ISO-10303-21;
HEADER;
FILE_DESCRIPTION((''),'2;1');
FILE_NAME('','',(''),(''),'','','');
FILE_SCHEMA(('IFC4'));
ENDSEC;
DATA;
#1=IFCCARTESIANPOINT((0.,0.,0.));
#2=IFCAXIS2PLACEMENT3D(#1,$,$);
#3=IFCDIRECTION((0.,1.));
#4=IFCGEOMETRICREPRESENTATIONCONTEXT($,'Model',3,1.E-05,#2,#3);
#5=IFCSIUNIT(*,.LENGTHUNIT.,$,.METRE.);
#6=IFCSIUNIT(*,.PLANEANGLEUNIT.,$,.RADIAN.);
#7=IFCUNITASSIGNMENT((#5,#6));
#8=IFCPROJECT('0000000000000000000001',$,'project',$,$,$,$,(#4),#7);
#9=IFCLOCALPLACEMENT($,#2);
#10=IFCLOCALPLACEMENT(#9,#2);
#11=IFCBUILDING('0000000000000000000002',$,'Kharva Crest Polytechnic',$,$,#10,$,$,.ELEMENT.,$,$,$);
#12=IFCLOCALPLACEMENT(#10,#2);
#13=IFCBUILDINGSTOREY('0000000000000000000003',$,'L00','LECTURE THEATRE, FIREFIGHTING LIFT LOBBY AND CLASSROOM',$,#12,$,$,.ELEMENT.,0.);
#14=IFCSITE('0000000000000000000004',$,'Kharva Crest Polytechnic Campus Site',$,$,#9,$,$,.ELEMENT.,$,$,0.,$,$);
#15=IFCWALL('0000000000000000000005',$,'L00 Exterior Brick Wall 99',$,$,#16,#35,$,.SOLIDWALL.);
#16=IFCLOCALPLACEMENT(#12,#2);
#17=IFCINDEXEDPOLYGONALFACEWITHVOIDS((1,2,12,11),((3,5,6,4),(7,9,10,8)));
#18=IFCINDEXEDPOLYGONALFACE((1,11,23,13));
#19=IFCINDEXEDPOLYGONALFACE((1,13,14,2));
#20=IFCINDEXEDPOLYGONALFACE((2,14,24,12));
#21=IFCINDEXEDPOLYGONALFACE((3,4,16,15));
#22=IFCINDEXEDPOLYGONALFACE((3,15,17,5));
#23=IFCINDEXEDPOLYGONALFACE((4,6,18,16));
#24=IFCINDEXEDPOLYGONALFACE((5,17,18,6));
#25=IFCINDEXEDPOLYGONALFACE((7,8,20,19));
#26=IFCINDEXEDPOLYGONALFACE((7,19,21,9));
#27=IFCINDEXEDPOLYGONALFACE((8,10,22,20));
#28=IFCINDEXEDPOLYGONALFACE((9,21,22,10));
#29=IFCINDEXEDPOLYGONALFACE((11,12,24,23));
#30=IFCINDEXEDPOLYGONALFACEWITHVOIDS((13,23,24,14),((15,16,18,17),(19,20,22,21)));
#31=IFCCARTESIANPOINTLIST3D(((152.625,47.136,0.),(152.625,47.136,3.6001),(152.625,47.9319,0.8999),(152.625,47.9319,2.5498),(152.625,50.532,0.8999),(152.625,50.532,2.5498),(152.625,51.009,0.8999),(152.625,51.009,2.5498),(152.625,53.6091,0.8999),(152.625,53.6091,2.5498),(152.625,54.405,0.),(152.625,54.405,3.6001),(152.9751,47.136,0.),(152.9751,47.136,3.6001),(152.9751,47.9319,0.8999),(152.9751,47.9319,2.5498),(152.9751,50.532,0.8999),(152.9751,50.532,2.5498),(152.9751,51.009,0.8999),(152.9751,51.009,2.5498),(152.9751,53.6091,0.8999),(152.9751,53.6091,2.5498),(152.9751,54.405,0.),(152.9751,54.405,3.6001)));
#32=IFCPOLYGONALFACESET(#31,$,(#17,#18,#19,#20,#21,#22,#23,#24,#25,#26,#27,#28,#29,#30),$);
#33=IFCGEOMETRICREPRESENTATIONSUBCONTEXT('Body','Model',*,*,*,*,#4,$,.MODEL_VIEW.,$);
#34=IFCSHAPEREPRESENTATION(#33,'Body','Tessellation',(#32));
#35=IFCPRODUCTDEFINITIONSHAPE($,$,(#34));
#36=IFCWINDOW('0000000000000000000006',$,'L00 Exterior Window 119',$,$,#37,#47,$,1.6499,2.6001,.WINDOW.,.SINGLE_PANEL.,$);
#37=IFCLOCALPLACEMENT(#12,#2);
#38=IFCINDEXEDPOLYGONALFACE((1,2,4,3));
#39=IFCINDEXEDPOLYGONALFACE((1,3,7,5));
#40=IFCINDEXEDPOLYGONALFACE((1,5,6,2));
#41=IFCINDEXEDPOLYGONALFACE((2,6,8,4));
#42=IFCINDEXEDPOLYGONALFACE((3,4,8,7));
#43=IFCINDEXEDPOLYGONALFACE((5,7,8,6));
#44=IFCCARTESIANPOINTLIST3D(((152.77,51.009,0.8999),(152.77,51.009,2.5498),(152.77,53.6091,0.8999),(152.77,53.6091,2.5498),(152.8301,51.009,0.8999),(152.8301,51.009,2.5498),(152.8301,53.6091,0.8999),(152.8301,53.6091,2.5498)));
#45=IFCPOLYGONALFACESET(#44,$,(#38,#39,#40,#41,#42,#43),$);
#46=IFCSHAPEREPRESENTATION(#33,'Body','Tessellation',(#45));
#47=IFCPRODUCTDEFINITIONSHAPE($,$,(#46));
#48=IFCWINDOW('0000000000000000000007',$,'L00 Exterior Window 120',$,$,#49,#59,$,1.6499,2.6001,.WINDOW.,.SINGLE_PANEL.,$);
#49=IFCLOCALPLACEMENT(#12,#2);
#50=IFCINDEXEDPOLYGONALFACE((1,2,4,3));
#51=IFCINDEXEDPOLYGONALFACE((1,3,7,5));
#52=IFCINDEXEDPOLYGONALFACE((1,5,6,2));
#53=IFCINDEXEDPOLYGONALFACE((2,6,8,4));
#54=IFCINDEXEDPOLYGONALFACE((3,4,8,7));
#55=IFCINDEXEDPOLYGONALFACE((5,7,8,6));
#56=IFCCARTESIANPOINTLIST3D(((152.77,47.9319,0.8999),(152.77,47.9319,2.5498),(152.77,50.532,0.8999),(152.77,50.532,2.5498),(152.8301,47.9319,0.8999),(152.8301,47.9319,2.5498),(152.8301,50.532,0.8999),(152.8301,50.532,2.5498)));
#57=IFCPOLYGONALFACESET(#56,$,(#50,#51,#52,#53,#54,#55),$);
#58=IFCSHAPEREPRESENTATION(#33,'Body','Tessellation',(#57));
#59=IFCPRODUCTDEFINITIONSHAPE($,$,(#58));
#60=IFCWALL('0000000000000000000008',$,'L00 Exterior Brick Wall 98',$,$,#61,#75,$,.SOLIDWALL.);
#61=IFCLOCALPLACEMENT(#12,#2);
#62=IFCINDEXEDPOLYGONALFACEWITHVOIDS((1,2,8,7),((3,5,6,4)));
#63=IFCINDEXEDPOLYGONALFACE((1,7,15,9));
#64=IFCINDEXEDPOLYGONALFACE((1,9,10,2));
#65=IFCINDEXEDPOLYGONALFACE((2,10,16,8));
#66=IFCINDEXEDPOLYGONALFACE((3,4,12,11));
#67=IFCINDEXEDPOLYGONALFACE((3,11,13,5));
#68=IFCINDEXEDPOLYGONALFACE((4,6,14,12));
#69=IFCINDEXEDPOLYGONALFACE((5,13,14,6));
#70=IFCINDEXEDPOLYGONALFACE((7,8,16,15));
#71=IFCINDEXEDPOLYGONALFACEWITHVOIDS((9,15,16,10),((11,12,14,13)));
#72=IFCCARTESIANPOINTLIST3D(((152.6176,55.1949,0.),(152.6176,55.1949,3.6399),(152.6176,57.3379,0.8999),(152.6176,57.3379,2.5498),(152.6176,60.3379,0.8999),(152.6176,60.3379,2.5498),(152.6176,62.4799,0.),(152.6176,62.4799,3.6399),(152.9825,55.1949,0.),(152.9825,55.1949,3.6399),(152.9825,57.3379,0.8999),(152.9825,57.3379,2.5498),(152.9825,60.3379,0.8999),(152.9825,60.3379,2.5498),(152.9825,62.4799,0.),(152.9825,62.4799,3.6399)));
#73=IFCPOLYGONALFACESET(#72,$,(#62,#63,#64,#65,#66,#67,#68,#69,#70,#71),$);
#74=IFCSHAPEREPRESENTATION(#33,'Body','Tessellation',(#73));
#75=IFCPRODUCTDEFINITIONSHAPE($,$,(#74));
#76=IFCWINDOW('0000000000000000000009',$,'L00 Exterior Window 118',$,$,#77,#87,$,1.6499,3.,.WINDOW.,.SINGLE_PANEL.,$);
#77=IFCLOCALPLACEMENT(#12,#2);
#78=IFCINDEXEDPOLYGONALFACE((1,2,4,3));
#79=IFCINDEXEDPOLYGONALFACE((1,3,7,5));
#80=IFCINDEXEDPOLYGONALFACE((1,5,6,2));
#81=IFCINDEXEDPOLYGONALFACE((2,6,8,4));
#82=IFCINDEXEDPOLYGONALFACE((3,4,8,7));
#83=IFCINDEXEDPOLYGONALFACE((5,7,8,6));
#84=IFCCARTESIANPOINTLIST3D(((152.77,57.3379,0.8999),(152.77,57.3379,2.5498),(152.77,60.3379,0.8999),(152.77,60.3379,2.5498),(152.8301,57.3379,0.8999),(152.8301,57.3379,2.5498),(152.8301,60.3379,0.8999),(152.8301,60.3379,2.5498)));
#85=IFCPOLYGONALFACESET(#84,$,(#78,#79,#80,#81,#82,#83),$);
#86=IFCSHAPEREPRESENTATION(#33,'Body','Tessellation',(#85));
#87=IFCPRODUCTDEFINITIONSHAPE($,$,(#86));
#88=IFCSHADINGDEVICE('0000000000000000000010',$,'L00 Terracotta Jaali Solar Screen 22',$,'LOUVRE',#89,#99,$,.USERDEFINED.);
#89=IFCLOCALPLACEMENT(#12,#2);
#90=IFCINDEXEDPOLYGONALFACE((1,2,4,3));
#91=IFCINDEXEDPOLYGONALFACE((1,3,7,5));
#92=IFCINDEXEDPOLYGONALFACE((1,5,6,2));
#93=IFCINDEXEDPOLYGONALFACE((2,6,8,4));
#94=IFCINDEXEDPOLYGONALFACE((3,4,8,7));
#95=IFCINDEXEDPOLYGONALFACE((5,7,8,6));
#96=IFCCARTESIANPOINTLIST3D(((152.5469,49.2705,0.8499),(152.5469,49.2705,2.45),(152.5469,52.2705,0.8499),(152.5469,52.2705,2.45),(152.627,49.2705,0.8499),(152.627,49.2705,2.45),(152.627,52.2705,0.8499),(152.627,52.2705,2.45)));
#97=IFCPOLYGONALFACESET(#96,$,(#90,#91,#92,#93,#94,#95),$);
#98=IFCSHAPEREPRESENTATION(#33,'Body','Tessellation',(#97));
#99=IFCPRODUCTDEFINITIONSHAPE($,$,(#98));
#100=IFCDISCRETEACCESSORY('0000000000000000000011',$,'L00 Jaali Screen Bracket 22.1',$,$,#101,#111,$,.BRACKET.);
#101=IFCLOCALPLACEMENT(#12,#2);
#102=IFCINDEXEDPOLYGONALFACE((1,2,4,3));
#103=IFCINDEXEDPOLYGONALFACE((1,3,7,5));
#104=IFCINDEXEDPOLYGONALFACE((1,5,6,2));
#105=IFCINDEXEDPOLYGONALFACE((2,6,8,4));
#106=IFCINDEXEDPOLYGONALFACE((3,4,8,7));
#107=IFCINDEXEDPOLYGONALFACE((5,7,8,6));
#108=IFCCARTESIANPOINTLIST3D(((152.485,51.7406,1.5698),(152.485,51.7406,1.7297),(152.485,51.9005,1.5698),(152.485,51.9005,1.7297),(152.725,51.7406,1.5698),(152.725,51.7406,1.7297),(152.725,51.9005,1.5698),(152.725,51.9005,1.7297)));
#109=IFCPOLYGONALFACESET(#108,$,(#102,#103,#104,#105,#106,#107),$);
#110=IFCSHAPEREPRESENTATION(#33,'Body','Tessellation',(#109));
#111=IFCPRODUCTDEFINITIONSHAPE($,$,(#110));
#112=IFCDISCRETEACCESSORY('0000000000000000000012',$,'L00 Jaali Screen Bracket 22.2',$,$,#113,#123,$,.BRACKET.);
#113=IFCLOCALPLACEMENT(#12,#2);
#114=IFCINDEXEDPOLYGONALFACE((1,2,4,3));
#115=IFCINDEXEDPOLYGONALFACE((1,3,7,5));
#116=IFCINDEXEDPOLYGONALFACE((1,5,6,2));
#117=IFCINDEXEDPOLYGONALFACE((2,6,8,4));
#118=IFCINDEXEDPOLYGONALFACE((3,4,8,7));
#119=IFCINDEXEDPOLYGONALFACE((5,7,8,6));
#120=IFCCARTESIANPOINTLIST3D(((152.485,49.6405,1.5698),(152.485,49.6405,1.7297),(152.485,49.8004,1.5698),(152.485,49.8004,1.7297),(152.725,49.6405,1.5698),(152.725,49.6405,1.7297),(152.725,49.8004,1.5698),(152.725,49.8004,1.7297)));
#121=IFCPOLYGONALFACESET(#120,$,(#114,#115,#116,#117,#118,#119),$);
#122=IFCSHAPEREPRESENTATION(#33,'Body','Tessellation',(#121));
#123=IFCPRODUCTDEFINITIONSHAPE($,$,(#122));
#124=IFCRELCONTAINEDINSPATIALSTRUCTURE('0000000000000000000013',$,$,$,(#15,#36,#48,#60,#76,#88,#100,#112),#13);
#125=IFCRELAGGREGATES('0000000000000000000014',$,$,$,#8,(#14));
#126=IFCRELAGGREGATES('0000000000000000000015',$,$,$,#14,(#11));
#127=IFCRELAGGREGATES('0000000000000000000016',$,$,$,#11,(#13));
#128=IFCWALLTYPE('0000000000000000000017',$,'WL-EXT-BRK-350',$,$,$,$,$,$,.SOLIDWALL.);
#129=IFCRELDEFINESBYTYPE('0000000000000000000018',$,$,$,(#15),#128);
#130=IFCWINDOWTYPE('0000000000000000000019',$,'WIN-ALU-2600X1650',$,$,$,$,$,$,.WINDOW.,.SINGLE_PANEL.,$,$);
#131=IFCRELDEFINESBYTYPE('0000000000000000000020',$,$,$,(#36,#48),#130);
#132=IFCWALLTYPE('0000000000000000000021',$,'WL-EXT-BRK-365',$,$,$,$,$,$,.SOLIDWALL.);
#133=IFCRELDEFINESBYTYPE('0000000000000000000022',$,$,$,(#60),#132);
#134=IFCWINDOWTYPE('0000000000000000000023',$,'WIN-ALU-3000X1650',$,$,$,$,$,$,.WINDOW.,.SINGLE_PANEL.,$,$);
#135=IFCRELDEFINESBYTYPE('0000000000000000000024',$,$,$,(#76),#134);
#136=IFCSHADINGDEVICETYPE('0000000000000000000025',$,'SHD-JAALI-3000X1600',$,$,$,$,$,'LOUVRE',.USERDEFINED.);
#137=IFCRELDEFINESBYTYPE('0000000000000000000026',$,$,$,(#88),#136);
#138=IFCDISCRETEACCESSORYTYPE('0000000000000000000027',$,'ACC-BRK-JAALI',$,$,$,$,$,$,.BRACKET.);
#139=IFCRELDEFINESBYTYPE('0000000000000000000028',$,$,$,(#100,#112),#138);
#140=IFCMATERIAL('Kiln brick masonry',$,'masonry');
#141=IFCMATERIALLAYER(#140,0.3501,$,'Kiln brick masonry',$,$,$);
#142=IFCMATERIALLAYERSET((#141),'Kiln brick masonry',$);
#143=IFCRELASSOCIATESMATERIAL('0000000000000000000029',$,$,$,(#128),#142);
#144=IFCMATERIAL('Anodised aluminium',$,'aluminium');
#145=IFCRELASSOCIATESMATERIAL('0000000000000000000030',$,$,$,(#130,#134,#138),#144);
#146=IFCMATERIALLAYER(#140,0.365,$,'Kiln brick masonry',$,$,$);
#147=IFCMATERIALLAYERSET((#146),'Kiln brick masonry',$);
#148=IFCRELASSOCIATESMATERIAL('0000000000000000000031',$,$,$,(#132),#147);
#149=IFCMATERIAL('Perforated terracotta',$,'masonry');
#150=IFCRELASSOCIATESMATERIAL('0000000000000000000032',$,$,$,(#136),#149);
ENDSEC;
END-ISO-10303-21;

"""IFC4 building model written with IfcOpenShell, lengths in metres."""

from ifc_helpers import new_model, si_unit, direction, frame, frame_2d, origin, origin_2d, place, context, subcontext, project, spatial, rectangle, extrude, material, layer, layer_set, type_object, element, fill, save


model = new_model("IFC4")

# Units and contexts
model_context = context("Model", 3, precision=1e-05, world=origin(), true_north=direction((0.0, 1.0)))
body_context = subcontext(model_context, "Body", "Model", "MODEL_VIEW")
ifc_project = project(units=[si_unit("LENGTHUNIT", "METRE"), si_unit("PLANEANGLEUNIT", "RADIAN")], contexts=[model_context])

# Site, building, storey
site_placement = place(None, origin())
site = spatial("IfcSite", under=ifc_project, at=site_placement, Name="Kharva Crest Polytechnic Campus Site", CompositionType="ELEMENT", RefElevation=0.0)
building_placement = place(site_placement, origin())
building = spatial("IfcBuilding", under=site, at=building_placement, Name="Kharva Crest Polytechnic", CompositionType="ELEMENT")
storey_placement = place(building_placement, origin())
storey = spatial("IfcBuildingStorey", under=building, at=storey_placement, Name="L00", Description="LECTURE THEATRE, FIREFIGHTING LIFT LOBBY AND CLASSROOM", CompositionType="ELEMENT", Elevation=0.0)

# Wall, openings, windows
ifc_material_1 = material(Name="Kiln brick masonry", Category="masonry")
ifc_layer_1 = layer(ifc_material_1, 0.3501, Name="Kiln brick masonry")
ifc_layer_set_1 = layer_set([ifc_layer_1], Name="Kiln brick masonry")
wall_type_1 = type_object("IfcWallType", Name="WL-EXT-BRK-350", PredefinedType="SOLIDWALL", material=ifc_layer_set_1)
wall_1_placement = place(storey_placement, frame((152.8, 54.405, 0.0), z_axis=(0.0, 0.0, 1.0), x_axis=(0.0, -1.0, 0.0)))
wall_1 = element("IfcWall", 1, at=wall_1_placement, inside=storey, type_object=wall_type_1, Name="L00 Exterior Brick Wall 99", PredefinedType="SOLIDWALL", context=body_context, shape_type="SweptSolid", body=[
    extrude(rectangle(XDim=7.269, YDim=0.3501, at=frame_2d((3.6345, 0.0))), origin(), (0.0, 0.0, 1.0), 3.6001),
])
opening_1_placement = place(wall_1_placement, frame((0.7959, 0.0, 0.8999)))
opening_1 = element("IfcOpeningElement", 2, at=opening_1_placement, cuts=wall_1, PredefinedType="OPENING", context=body_context, shape_type="SweptSolid", body=[
    extrude(rectangle(XDim=2.6001, YDim=1.6499, at=frame_2d((1.3, 0.825))), frame((0.0, 0.1851, 0.0), z_axis=(0.0, -1.0, 0.0), x_axis=(1.0, 0.0, 0.0)), (0.0, 0.0, 1.0), 0.3701),
])
opening_2_placement = place(wall_1_placement, frame((3.873, 0.0, 0.8999)))
opening_2 = element("IfcOpeningElement", 3, at=opening_2_placement, cuts=wall_1, PredefinedType="OPENING", context=body_context, shape_type="SweptSolid", body=[
    extrude(rectangle(XDim=2.6001, YDim=1.6499, at=frame_2d((1.3, 0.825))), frame((0.0, 0.1851, 0.0), z_axis=(0.0, -1.0, 0.0), x_axis=(1.0, 0.0, 0.0)), (0.0, 0.0, 1.0), 0.3701),
])
ifc_material_2 = material(Name="Anodised aluminium", Category="aluminium")
window_type_1 = type_object("IfcWindowType", Name="WIN-ALU-2600X1650", PartitioningType="SINGLE_PANEL", PredefinedType="WINDOW", material=ifc_material_2)
window_1_placement = place(opening_1_placement, origin())
window_1 = element("IfcWindow", 4, at=window_1_placement, inside=storey, type_object=window_type_1, Name="L00 Exterior Window 119", OverallHeight=1.6499, OverallWidth=2.6001, PartitioningType="SINGLE_PANEL", PredefinedType="WINDOW", context=body_context, shape_type="SweptSolid", body=[
    extrude(rectangle(XDim=2.6001, YDim=1.6499, at=frame_2d((1.3, 0.825))), frame((0.0, 0.03, 0.0), z_axis=(0.0, -1.0, 0.0), x_axis=(1.0, 0.0, 0.0)), (0.0, 0.0, 1.0), 0.0601),
])
fill(opening_1, window_1)
window_2_placement = place(opening_2_placement, origin())
window_2 = element("IfcWindow", 5, at=window_2_placement, inside=storey, type_object=window_type_1, Name="L00 Exterior Window 120", OverallHeight=1.6499, OverallWidth=2.6001, PartitioningType="SINGLE_PANEL", PredefinedType="WINDOW", context=body_context, shape_type="SweptSolid", body=[
    extrude(rectangle(XDim=2.6001, YDim=1.6499, at=frame_2d((1.3, 0.825))), frame((0.0, 0.03, 0.0), z_axis=(0.0, -1.0, 0.0), x_axis=(1.0, 0.0, 0.0)), (0.0, 0.0, 1.0), 0.0601),
])
fill(opening_2, window_2)

# Wall, opening, window
ifc_layer_2 = layer(ifc_material_1, 0.365, Name="Kiln brick masonry")
ifc_layer_set_2 = layer_set([ifc_layer_2], Name="Kiln brick masonry")
wall_type_2 = type_object("IfcWallType", Name="WL-EXT-BRK-365", PredefinedType="SOLIDWALL", material=ifc_layer_set_2)
wall_2_placement = place(storey_placement, frame((152.8, 62.48, 0.0), z_axis=(0.0, 0.0, 1.0), x_axis=(0.0, -1.0, 0.0)))
wall_2 = element("IfcWall", 6, at=wall_2_placement, inside=storey, type_object=wall_type_2, Name="L00 Exterior Brick Wall 98", PredefinedType="SOLIDWALL", context=body_context, shape_type="SweptSolid", body=[
    extrude(rectangle(XDim=7.2849, YDim=0.365, at=frame_2d((3.6426, 0.0))), origin(), (0.0, 0.0, 1.0), 3.6399),
])
opening_3_placement = place(wall_2_placement, frame((2.1421, 0.0, 0.8999)))
opening_3 = element("IfcOpeningElement", 7, at=opening_3_placement, cuts=wall_2, PredefinedType="OPENING", context=body_context, shape_type="SweptSolid", body=[
    extrude(rectangle(XDim=3.0, YDim=1.6499, at=frame_2d((1.5, 0.825))), frame((0.0, 0.1924, 0.0), z_axis=(0.0, -1.0, 0.0), x_axis=(1.0, 0.0, 0.0)), (0.0, 0.0, 1.0), 0.385),
])
window_type_2 = type_object("IfcWindowType", Name="WIN-ALU-3000X1650", PartitioningType="SINGLE_PANEL", PredefinedType="WINDOW", material=ifc_material_2)
window_3_placement = place(opening_3_placement, origin())
window_3 = element("IfcWindow", 8, at=window_3_placement, inside=storey, type_object=window_type_2, Name="L00 Exterior Window 118", OverallHeight=1.6499, OverallWidth=3.0, PartitioningType="SINGLE_PANEL", PredefinedType="WINDOW", context=body_context, shape_type="SweptSolid", body=[
    extrude(rectangle(XDim=3.0, YDim=1.6499, at=frame_2d((1.5, 0.825))), frame((0.0, 0.03, 0.0), z_axis=(0.0, -1.0, 0.0), x_axis=(1.0, 0.0, 0.0)), (0.0, 0.0, 1.0), 0.0601),
])
fill(opening_3, window_3)

# Shading device
ifc_material_3 = material(Name="Perforated terracotta", Category="masonry")
shading_device_type = type_object("IfcShadingDeviceType", Name="SHD-JAALI-3000X1600", ElementType="LOUVRE", PredefinedType="USERDEFINED", material=ifc_material_3)
shading_device_placement = place(storey_placement, frame((152.5869, 50.7705, 0.8499), z_axis=(0.0, 0.0, 1.0), x_axis=(0.0, 1.0, 0.0)))
element("IfcShadingDevice", 9, at=shading_device_placement, inside=storey, type_object=shading_device_type, Name="L00 Terracotta Jaali Solar Screen 22", ObjectType="LOUVRE", PredefinedType="USERDEFINED", context=body_context, shape_type="SweptSolid", body=[
    extrude(rectangle(XDim=3.0, YDim=0.0801, at=origin_2d()), origin(), (0.0, 0.0, 1.0), 1.6001),
])

# Discrete accessories
discrete_accessory_type = type_object("IfcDiscreteAccessoryType", Name="ACC-BRK-JAALI", PredefinedType="BRACKET", material=ifc_material_2)
for number, where, z_axis, x_axis, name in (
    (10, (152.605, 51.8206, 1.5698), (0.0, 0.0, 1.0), (0.0, 1.0, 0.0), "L00 Jaali Screen Bracket 22.1"),
    (11, (152.605, 49.7205, 1.5698), (0.0, 0.0, 1.0), (0.0, 1.0, 0.0), "L00 Jaali Screen Bracket 22.2"),
):
    element("IfcDiscreteAccessory", number, at=place(storey_placement, frame(where, z_axis=z_axis, x_axis=x_axis)), inside=storey, type_object=discrete_accessory_type, Name=name, PredefinedType="BRACKET", context=body_context, shape_type="SweptSolid", body=[
        extrude(rectangle(XDim=0.1599, YDim=0.24, at=origin_2d()), origin(), (0.0, 0.0, 1.0), 0.1599),
    ])

save(model, "model.ifc")
